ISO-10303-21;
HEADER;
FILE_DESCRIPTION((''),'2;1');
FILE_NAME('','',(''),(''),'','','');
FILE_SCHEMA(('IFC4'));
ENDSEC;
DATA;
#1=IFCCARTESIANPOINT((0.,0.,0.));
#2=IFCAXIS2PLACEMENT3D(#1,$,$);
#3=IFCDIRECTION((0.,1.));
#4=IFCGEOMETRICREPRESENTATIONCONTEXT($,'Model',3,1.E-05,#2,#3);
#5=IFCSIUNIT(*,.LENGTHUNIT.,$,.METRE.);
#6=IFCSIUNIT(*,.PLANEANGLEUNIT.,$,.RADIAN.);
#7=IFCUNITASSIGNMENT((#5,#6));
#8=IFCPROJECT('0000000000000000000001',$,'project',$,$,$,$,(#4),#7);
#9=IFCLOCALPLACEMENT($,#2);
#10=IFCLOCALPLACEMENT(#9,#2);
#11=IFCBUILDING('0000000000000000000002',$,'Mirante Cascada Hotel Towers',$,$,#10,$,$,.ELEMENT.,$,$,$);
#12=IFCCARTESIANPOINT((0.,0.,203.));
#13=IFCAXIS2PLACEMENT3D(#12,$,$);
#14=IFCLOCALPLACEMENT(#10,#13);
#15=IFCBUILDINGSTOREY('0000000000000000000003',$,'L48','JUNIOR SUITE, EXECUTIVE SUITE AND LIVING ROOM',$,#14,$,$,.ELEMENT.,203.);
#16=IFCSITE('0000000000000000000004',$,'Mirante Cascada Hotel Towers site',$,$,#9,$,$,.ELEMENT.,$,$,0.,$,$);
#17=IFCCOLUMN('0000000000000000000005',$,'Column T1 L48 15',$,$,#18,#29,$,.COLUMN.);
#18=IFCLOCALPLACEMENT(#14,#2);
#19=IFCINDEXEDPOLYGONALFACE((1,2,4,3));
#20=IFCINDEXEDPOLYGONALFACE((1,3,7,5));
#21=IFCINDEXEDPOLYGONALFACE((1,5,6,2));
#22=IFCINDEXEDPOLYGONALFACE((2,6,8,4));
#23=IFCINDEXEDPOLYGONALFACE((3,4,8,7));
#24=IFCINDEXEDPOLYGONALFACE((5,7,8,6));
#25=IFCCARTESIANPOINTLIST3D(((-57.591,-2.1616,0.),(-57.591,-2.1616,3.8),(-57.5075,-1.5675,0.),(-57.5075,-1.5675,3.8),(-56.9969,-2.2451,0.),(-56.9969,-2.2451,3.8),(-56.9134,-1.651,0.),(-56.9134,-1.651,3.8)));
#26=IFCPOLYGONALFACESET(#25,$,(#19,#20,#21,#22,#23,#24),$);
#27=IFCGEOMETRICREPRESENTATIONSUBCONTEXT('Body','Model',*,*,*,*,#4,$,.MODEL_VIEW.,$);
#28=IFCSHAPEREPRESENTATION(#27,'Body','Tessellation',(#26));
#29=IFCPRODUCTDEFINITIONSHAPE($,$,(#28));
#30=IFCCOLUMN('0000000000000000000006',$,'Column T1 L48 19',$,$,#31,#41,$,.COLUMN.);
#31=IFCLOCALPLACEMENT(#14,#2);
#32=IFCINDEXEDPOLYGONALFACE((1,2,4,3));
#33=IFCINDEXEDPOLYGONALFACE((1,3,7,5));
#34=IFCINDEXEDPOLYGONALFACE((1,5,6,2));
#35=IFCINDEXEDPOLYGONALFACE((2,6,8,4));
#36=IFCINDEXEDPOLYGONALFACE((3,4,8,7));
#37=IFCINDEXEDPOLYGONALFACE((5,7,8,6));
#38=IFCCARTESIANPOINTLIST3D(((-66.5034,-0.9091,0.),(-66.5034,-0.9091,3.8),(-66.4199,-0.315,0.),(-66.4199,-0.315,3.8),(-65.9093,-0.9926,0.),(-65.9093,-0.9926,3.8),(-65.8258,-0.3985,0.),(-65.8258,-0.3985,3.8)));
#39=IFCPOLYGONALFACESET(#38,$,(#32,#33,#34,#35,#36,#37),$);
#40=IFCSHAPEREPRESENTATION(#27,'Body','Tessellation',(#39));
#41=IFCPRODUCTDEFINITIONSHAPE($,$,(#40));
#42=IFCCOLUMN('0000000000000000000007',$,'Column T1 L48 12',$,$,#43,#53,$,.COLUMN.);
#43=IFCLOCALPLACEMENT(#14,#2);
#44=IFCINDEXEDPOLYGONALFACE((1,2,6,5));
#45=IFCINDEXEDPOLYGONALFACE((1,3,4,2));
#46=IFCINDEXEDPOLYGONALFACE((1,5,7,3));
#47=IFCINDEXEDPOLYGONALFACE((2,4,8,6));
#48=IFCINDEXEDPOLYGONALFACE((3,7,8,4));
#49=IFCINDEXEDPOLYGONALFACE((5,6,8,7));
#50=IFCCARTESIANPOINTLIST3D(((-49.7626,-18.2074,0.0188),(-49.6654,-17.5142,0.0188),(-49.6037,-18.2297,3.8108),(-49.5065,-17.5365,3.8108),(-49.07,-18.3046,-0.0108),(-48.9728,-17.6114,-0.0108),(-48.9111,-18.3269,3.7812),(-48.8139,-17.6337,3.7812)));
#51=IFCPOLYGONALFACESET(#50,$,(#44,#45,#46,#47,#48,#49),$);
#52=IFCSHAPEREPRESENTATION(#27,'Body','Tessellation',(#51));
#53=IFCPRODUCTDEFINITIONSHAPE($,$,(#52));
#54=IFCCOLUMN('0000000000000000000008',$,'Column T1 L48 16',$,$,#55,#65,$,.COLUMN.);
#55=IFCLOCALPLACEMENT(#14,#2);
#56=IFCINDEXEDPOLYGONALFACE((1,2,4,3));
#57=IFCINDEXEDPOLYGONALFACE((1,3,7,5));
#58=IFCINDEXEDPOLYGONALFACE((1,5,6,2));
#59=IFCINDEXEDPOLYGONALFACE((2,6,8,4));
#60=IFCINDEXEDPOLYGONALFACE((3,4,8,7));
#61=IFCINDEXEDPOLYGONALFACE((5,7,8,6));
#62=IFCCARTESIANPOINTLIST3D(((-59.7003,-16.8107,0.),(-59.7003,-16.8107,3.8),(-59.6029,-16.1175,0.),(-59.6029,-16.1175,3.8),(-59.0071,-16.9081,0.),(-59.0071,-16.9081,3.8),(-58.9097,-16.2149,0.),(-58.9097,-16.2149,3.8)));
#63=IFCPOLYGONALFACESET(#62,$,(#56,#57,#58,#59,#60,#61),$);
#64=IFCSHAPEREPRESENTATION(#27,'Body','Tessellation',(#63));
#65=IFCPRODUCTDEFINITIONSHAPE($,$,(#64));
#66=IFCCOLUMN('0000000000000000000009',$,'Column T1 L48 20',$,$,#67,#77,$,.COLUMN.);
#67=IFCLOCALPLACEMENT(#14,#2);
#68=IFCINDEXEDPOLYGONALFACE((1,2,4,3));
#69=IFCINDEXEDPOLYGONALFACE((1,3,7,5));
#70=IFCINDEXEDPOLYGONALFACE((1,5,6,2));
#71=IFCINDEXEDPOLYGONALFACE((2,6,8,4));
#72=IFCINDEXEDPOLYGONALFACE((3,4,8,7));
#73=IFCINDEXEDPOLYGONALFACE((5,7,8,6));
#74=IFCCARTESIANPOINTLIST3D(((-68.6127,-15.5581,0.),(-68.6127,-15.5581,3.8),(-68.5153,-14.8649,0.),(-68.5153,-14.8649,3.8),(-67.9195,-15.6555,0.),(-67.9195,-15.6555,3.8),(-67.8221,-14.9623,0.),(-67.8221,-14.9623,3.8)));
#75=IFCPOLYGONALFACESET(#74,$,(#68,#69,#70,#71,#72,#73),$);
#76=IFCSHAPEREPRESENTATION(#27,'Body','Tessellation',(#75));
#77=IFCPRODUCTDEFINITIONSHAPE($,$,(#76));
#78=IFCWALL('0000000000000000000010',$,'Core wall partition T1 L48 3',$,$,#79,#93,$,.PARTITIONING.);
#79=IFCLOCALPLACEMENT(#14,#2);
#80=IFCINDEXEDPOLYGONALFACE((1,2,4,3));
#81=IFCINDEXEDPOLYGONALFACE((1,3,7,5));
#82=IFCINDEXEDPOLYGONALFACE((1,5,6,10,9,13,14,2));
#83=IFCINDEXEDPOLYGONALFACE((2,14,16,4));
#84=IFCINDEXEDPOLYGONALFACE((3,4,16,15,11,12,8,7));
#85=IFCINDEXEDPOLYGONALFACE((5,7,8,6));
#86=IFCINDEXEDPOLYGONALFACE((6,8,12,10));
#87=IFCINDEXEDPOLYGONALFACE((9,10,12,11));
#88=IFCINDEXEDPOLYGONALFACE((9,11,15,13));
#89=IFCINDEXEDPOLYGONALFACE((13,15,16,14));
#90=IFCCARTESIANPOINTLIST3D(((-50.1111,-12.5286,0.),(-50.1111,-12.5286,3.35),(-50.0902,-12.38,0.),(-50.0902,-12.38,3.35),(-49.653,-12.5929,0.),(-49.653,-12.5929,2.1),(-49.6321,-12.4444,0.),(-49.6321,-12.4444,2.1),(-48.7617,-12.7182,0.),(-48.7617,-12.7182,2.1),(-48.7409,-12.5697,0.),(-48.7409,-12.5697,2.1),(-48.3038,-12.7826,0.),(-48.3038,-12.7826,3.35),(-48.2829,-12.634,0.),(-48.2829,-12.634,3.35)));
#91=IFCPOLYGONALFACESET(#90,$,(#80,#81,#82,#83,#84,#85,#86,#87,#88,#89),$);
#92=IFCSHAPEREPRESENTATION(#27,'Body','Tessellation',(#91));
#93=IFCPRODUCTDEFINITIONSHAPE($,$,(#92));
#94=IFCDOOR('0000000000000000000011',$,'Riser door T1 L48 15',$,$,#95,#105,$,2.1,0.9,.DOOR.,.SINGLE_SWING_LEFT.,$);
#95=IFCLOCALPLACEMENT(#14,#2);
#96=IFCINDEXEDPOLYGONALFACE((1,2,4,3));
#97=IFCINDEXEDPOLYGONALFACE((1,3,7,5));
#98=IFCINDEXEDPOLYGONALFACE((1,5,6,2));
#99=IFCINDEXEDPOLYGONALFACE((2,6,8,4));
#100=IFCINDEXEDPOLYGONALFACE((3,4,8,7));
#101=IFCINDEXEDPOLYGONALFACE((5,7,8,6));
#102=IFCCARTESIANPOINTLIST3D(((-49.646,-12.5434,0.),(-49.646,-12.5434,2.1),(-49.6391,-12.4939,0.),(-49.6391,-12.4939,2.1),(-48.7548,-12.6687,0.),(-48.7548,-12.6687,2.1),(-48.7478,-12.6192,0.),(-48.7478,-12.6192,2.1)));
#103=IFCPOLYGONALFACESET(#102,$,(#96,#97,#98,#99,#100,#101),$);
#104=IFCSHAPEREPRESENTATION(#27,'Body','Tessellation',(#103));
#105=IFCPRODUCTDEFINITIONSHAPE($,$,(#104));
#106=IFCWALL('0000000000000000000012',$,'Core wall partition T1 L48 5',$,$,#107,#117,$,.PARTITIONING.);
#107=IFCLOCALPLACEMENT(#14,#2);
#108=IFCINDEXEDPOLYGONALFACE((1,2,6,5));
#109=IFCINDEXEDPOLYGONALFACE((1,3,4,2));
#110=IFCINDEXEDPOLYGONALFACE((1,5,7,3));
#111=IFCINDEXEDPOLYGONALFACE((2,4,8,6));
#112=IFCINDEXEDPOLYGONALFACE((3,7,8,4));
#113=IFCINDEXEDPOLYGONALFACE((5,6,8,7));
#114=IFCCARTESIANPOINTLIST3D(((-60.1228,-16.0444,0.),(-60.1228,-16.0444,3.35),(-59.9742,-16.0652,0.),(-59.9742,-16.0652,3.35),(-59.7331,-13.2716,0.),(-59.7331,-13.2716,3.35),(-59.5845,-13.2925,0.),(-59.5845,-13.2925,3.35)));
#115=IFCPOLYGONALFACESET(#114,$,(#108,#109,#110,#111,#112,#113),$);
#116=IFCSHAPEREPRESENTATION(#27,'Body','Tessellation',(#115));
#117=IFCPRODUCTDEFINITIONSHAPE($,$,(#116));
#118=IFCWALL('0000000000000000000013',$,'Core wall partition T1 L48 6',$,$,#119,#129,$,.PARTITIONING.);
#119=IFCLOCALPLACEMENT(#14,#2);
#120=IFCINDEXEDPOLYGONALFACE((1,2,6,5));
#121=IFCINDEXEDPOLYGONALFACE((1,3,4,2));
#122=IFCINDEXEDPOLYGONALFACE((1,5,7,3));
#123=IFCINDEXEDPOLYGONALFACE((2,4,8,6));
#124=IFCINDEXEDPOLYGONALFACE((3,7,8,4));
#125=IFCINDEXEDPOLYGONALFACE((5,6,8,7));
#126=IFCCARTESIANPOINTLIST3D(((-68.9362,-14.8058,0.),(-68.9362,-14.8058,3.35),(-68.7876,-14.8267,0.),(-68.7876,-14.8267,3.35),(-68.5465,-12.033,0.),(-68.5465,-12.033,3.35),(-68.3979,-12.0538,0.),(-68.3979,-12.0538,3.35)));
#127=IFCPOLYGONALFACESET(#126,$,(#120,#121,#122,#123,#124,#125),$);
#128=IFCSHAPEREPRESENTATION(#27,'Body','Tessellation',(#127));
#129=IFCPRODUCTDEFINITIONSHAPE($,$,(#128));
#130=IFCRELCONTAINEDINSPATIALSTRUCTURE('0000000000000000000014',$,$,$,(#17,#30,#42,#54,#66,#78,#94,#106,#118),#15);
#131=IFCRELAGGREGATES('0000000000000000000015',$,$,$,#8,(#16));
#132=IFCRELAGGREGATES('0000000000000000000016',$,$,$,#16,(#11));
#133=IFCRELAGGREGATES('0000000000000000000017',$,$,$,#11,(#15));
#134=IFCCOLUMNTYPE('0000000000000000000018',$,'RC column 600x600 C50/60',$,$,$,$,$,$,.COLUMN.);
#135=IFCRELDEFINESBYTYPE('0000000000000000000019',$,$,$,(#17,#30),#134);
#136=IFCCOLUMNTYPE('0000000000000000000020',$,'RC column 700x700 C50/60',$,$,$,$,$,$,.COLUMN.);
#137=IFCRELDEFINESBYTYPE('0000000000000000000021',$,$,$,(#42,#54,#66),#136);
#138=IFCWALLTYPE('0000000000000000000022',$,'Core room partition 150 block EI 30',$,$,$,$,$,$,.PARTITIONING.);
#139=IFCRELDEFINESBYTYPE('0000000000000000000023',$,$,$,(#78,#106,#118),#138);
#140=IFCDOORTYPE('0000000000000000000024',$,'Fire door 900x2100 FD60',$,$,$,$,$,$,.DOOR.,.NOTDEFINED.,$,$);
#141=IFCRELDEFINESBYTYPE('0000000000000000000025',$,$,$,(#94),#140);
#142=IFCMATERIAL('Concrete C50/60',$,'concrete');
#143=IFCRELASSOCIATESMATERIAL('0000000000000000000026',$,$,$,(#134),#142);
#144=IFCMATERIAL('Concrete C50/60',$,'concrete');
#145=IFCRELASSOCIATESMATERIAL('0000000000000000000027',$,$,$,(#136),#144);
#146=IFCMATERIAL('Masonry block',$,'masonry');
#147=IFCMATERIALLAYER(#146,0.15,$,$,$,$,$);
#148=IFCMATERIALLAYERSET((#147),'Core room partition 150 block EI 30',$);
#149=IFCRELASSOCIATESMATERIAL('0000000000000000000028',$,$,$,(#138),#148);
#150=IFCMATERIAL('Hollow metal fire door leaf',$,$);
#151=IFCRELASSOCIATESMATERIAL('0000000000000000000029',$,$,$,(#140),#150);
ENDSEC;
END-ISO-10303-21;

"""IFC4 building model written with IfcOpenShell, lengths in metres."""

from ifc_helpers import new_model, si_unit, direction, frame, frame_2d, origin, origin_2d, place, context, subcontext, project, spatial, rectangle, extrude, material, layer, layer_set, material_profile, profile_set, type_object, element, fill, save


model = new_model("IFC4")

# Units and contexts
model_context = context("Model", 3, precision=1e-05, world=origin(), true_north=direction((0.0, 1.0)))
body_context = subcontext(model_context, "Body", "Model", "MODEL_VIEW")
ifc_project = project(units=[si_unit("LENGTHUNIT", "METRE"), si_unit("PLANEANGLEUNIT", "RADIAN")], contexts=[model_context])

# Site, building, storey
site_placement = place(None, origin())
site = spatial("IfcSite", under=ifc_project, at=site_placement, Name="Mirante Cascada Hotel Towers site", CompositionType="ELEMENT", RefElevation=0.0)
building_placement = place(site_placement, origin())
building = spatial("IfcBuilding", under=site, at=building_placement, Name="Mirante Cascada Hotel Towers", CompositionType="ELEMENT")
storey_placement = place(building_placement, frame((0.0, 0.0, 203.0)))
storey = spatial("IfcBuildingStorey", under=building, at=storey_placement, Name="L48", Description="JUNIOR SUITE, EXECUTIVE SUITE AND LIVING ROOM", CompositionType="ELEMENT", Elevation=203.0)

# Columns
ifc_material_1 = material(Name="Concrete C50/60", Category="concrete")
ifc_material_profile_1 = material_profile(ifc_material_1, rectangle(XDim=0.6, YDim=0.6, at=origin_2d()), Name="RC column 600x600 C50/60")
ifc_profile_set_1 = profile_set([ifc_material_profile_1], Name="Concrete C50/60")
column_type_1 = type_object("IfcColumnType", Name="RC column 600x600 C50/60", PredefinedType="COLUMN", material=ifc_profile_set_1)
for number, where, z_axis, x_axis, name in (
    (1, (-57.2522, -1.9063, 0.0), (0.0, 0.0, 1.0), (-0.990268, 0.139173, 0.0), "Column T1 L48 15"),
    (2, (-66.1646, -0.6538, 0.0), (0.0, 0.0, 1.0), (-0.990268, 0.139173, 0.0), "Column T1 L48 19"),
):
    element("IfcColumn", number, at=place(storey_placement, frame(where, z_axis=z_axis, x_axis=x_axis)), inside=storey, type_object=column_type_1, Name=name, PredefinedType="COLUMN", context=body_context, shape_type="SweptSolid", body=[
        extrude(rectangle(XDim=0.6, YDim=0.6, at=origin_2d()), origin(), (0.0, 0.0, 1.0), 3.8),
    ])
ifc_material_2 = material(Name="Concrete C50/60", Category="concrete")
ifc_material_profile_2 = material_profile(ifc_material_2, rectangle(XDim=0.7, YDim=0.7, at=origin_2d()), Name="RC column 700x700 C50/60")
ifc_profile_set_2 = profile_set([ifc_material_profile_2], Name="Concrete C50/60")
column_type_2 = type_object("IfcColumnType", Name="RC column 700x700 C50/60", PredefinedType="COLUMN", material=ifc_profile_set_2)
column_placement = place(storey_placement, frame((-49.3677, -17.9094, 0.004), z_axis=(0.041867, -0.005875, 0.999106), x_axis=(0.138978, 0.990295, 0.0)))
element("IfcColumn", 3, at=column_placement, inside=storey, type_object=column_type_2, Name="Column T1 L48 12", PredefinedType="COLUMN", context=body_context, shape_type="SweptSolid", body=[
    extrude(rectangle(XDim=0.7, YDim=0.7, at=origin_2d()), origin(), (0.0, 0.0, 1.0), 3.7954),
])
for number, where, z_axis, x_axis, name in (
    (4, (-59.305, -16.5128, 0.0), (0.0, 0.0, 1.0), (-0.990268, 0.139173, 0.0), "Column T1 L48 16"),
    (5, (-68.2174, -15.2602, 0.0), (0.0, 0.0, 1.0), (-0.990268, 0.139173, 0.0), "Column T1 L48 20"),
):
    element("IfcColumn", number, at=place(storey_placement, frame(where, z_axis=z_axis, x_axis=x_axis)), inside=storey, type_object=column_type_2, Name=name, PredefinedType="COLUMN", context=body_context, shape_type="SweptSolid", body=[
        extrude(rectangle(XDim=0.7, YDim=0.7, at=origin_2d()), origin(), (0.0, 0.0, 1.0), 3.8),
    ])

# Wall, opening, door
ifc_material_3 = material(Name="Masonry block", Category="masonry")
ifc_layer_1 = layer(ifc_material_3, 0.15)
ifc_layer_set_1 = layer_set([ifc_layer_1], Name="Core room partition 150 block EI 30")
wall_type_1 = type_object("IfcWallType", Name="Core room partition 150 block EI 30", PredefinedType="PARTITIONING", material=ifc_layer_set_1)
wall_1_placement = place(storey_placement, frame((-48.2933, -12.7083, 0.0), z_axis=(0.0, 0.0, 1.0), x_axis=(-0.990268, 0.139173, 0.0)))
wall_1 = element("IfcWall", 6, at=wall_1_placement, inside=storey, type_object=wall_type_1, Name="Core wall partition T1 L48 3", PredefinedType="PARTITIONING", context=body_context, shape_type="SweptSolid", body=[
    extrude(rectangle(XDim=1.8251, YDim=0.15, at=frame_2d((0.9126, 0.0))), origin(), (0.0, 0.0, 1.0), 3.35),
])
opening_1_placement = place(wall_1_placement, frame((0.4625, 0.0, 0.0)))
opening_1 = element("IfcOpeningElement", 7, at=opening_1_placement, cuts=wall_1, PredefinedType="OPENING", context=body_context, shape_type="SweptSolid", body=[
    extrude(rectangle(XDim=0.9, YDim=2.1, at=frame_2d((0.45, 1.05))), frame((0.0, 0.075, 0.0), z_axis=(0.0, -1.0, 0.0), x_axis=(1.0, 0.0, 0.0)), (0.0, 0.0, 1.0), 0.15),
])
ifc_material_4 = material(Name="Hollow metal fire door leaf")
door_type_1 = type_object("IfcDoorType", Name="Fire door 900x2100 FD60", OperationType="NOTDEFINED", PredefinedType="DOOR", material=ifc_material_4)
door_1_placement = place(opening_1_placement, origin())
door_1 = element("IfcDoor", 8, at=door_1_placement, inside=storey, type_object=door_type_1, Name="Riser door T1 L48 15", OperationType="SINGLE_SWING_LEFT", OverallHeight=2.1, OverallWidth=0.9, PredefinedType="DOOR", context=body_context, shape_type="SweptSolid", body=[
    extrude(rectangle(XDim=0.9, YDim=2.1, at=frame_2d((0.45, 1.05))), frame((0.0, 0.025, 0.0), z_axis=(0.0, -1.0, 0.0), x_axis=(1.0, 0.0, 0.0)), (0.0, 0.0, 1.0), 0.05),
])
fill(opening_1, door_1)

# Walls
wall_2_placement = place(storey_placement, frame((-60.0485, -16.0548, 0.0), z_axis=(0.0, 0.0, 1.0), x_axis=(0.139181, 0.990267, 0.0)))
element("IfcWall", 9, at=wall_2_placement, inside=storey, type_object=wall_type_1, Name="Core wall partition T1 L48 5", PredefinedType="PARTITIONING", context=body_context, shape_type="SweptSolid", body=[
    extrude(rectangle(XDim=2.8, YDim=0.15, at=frame_2d((1.4, 0.0))), origin(), (0.0, 0.0, 1.0), 3.35),
])
wall_3_placement = place(storey_placement, frame((-68.8619, -14.8162, 0.0), z_axis=(0.0, 0.0, 1.0), x_axis=(0.139176, 0.990268, 0.0)))
element("IfcWall", 10, at=wall_3_placement, inside=storey, type_object=wall_type_1, Name="Core wall partition T1 L48 6", PredefinedType="PARTITIONING", context=body_context, shape_type="SweptSolid", body=[
    extrude(rectangle(XDim=2.8001, YDim=0.15, at=frame_2d((1.4, 0.0))), origin(), (0.0, 0.0, 1.0), 3.35),
])

save(model, "model.ifc")
